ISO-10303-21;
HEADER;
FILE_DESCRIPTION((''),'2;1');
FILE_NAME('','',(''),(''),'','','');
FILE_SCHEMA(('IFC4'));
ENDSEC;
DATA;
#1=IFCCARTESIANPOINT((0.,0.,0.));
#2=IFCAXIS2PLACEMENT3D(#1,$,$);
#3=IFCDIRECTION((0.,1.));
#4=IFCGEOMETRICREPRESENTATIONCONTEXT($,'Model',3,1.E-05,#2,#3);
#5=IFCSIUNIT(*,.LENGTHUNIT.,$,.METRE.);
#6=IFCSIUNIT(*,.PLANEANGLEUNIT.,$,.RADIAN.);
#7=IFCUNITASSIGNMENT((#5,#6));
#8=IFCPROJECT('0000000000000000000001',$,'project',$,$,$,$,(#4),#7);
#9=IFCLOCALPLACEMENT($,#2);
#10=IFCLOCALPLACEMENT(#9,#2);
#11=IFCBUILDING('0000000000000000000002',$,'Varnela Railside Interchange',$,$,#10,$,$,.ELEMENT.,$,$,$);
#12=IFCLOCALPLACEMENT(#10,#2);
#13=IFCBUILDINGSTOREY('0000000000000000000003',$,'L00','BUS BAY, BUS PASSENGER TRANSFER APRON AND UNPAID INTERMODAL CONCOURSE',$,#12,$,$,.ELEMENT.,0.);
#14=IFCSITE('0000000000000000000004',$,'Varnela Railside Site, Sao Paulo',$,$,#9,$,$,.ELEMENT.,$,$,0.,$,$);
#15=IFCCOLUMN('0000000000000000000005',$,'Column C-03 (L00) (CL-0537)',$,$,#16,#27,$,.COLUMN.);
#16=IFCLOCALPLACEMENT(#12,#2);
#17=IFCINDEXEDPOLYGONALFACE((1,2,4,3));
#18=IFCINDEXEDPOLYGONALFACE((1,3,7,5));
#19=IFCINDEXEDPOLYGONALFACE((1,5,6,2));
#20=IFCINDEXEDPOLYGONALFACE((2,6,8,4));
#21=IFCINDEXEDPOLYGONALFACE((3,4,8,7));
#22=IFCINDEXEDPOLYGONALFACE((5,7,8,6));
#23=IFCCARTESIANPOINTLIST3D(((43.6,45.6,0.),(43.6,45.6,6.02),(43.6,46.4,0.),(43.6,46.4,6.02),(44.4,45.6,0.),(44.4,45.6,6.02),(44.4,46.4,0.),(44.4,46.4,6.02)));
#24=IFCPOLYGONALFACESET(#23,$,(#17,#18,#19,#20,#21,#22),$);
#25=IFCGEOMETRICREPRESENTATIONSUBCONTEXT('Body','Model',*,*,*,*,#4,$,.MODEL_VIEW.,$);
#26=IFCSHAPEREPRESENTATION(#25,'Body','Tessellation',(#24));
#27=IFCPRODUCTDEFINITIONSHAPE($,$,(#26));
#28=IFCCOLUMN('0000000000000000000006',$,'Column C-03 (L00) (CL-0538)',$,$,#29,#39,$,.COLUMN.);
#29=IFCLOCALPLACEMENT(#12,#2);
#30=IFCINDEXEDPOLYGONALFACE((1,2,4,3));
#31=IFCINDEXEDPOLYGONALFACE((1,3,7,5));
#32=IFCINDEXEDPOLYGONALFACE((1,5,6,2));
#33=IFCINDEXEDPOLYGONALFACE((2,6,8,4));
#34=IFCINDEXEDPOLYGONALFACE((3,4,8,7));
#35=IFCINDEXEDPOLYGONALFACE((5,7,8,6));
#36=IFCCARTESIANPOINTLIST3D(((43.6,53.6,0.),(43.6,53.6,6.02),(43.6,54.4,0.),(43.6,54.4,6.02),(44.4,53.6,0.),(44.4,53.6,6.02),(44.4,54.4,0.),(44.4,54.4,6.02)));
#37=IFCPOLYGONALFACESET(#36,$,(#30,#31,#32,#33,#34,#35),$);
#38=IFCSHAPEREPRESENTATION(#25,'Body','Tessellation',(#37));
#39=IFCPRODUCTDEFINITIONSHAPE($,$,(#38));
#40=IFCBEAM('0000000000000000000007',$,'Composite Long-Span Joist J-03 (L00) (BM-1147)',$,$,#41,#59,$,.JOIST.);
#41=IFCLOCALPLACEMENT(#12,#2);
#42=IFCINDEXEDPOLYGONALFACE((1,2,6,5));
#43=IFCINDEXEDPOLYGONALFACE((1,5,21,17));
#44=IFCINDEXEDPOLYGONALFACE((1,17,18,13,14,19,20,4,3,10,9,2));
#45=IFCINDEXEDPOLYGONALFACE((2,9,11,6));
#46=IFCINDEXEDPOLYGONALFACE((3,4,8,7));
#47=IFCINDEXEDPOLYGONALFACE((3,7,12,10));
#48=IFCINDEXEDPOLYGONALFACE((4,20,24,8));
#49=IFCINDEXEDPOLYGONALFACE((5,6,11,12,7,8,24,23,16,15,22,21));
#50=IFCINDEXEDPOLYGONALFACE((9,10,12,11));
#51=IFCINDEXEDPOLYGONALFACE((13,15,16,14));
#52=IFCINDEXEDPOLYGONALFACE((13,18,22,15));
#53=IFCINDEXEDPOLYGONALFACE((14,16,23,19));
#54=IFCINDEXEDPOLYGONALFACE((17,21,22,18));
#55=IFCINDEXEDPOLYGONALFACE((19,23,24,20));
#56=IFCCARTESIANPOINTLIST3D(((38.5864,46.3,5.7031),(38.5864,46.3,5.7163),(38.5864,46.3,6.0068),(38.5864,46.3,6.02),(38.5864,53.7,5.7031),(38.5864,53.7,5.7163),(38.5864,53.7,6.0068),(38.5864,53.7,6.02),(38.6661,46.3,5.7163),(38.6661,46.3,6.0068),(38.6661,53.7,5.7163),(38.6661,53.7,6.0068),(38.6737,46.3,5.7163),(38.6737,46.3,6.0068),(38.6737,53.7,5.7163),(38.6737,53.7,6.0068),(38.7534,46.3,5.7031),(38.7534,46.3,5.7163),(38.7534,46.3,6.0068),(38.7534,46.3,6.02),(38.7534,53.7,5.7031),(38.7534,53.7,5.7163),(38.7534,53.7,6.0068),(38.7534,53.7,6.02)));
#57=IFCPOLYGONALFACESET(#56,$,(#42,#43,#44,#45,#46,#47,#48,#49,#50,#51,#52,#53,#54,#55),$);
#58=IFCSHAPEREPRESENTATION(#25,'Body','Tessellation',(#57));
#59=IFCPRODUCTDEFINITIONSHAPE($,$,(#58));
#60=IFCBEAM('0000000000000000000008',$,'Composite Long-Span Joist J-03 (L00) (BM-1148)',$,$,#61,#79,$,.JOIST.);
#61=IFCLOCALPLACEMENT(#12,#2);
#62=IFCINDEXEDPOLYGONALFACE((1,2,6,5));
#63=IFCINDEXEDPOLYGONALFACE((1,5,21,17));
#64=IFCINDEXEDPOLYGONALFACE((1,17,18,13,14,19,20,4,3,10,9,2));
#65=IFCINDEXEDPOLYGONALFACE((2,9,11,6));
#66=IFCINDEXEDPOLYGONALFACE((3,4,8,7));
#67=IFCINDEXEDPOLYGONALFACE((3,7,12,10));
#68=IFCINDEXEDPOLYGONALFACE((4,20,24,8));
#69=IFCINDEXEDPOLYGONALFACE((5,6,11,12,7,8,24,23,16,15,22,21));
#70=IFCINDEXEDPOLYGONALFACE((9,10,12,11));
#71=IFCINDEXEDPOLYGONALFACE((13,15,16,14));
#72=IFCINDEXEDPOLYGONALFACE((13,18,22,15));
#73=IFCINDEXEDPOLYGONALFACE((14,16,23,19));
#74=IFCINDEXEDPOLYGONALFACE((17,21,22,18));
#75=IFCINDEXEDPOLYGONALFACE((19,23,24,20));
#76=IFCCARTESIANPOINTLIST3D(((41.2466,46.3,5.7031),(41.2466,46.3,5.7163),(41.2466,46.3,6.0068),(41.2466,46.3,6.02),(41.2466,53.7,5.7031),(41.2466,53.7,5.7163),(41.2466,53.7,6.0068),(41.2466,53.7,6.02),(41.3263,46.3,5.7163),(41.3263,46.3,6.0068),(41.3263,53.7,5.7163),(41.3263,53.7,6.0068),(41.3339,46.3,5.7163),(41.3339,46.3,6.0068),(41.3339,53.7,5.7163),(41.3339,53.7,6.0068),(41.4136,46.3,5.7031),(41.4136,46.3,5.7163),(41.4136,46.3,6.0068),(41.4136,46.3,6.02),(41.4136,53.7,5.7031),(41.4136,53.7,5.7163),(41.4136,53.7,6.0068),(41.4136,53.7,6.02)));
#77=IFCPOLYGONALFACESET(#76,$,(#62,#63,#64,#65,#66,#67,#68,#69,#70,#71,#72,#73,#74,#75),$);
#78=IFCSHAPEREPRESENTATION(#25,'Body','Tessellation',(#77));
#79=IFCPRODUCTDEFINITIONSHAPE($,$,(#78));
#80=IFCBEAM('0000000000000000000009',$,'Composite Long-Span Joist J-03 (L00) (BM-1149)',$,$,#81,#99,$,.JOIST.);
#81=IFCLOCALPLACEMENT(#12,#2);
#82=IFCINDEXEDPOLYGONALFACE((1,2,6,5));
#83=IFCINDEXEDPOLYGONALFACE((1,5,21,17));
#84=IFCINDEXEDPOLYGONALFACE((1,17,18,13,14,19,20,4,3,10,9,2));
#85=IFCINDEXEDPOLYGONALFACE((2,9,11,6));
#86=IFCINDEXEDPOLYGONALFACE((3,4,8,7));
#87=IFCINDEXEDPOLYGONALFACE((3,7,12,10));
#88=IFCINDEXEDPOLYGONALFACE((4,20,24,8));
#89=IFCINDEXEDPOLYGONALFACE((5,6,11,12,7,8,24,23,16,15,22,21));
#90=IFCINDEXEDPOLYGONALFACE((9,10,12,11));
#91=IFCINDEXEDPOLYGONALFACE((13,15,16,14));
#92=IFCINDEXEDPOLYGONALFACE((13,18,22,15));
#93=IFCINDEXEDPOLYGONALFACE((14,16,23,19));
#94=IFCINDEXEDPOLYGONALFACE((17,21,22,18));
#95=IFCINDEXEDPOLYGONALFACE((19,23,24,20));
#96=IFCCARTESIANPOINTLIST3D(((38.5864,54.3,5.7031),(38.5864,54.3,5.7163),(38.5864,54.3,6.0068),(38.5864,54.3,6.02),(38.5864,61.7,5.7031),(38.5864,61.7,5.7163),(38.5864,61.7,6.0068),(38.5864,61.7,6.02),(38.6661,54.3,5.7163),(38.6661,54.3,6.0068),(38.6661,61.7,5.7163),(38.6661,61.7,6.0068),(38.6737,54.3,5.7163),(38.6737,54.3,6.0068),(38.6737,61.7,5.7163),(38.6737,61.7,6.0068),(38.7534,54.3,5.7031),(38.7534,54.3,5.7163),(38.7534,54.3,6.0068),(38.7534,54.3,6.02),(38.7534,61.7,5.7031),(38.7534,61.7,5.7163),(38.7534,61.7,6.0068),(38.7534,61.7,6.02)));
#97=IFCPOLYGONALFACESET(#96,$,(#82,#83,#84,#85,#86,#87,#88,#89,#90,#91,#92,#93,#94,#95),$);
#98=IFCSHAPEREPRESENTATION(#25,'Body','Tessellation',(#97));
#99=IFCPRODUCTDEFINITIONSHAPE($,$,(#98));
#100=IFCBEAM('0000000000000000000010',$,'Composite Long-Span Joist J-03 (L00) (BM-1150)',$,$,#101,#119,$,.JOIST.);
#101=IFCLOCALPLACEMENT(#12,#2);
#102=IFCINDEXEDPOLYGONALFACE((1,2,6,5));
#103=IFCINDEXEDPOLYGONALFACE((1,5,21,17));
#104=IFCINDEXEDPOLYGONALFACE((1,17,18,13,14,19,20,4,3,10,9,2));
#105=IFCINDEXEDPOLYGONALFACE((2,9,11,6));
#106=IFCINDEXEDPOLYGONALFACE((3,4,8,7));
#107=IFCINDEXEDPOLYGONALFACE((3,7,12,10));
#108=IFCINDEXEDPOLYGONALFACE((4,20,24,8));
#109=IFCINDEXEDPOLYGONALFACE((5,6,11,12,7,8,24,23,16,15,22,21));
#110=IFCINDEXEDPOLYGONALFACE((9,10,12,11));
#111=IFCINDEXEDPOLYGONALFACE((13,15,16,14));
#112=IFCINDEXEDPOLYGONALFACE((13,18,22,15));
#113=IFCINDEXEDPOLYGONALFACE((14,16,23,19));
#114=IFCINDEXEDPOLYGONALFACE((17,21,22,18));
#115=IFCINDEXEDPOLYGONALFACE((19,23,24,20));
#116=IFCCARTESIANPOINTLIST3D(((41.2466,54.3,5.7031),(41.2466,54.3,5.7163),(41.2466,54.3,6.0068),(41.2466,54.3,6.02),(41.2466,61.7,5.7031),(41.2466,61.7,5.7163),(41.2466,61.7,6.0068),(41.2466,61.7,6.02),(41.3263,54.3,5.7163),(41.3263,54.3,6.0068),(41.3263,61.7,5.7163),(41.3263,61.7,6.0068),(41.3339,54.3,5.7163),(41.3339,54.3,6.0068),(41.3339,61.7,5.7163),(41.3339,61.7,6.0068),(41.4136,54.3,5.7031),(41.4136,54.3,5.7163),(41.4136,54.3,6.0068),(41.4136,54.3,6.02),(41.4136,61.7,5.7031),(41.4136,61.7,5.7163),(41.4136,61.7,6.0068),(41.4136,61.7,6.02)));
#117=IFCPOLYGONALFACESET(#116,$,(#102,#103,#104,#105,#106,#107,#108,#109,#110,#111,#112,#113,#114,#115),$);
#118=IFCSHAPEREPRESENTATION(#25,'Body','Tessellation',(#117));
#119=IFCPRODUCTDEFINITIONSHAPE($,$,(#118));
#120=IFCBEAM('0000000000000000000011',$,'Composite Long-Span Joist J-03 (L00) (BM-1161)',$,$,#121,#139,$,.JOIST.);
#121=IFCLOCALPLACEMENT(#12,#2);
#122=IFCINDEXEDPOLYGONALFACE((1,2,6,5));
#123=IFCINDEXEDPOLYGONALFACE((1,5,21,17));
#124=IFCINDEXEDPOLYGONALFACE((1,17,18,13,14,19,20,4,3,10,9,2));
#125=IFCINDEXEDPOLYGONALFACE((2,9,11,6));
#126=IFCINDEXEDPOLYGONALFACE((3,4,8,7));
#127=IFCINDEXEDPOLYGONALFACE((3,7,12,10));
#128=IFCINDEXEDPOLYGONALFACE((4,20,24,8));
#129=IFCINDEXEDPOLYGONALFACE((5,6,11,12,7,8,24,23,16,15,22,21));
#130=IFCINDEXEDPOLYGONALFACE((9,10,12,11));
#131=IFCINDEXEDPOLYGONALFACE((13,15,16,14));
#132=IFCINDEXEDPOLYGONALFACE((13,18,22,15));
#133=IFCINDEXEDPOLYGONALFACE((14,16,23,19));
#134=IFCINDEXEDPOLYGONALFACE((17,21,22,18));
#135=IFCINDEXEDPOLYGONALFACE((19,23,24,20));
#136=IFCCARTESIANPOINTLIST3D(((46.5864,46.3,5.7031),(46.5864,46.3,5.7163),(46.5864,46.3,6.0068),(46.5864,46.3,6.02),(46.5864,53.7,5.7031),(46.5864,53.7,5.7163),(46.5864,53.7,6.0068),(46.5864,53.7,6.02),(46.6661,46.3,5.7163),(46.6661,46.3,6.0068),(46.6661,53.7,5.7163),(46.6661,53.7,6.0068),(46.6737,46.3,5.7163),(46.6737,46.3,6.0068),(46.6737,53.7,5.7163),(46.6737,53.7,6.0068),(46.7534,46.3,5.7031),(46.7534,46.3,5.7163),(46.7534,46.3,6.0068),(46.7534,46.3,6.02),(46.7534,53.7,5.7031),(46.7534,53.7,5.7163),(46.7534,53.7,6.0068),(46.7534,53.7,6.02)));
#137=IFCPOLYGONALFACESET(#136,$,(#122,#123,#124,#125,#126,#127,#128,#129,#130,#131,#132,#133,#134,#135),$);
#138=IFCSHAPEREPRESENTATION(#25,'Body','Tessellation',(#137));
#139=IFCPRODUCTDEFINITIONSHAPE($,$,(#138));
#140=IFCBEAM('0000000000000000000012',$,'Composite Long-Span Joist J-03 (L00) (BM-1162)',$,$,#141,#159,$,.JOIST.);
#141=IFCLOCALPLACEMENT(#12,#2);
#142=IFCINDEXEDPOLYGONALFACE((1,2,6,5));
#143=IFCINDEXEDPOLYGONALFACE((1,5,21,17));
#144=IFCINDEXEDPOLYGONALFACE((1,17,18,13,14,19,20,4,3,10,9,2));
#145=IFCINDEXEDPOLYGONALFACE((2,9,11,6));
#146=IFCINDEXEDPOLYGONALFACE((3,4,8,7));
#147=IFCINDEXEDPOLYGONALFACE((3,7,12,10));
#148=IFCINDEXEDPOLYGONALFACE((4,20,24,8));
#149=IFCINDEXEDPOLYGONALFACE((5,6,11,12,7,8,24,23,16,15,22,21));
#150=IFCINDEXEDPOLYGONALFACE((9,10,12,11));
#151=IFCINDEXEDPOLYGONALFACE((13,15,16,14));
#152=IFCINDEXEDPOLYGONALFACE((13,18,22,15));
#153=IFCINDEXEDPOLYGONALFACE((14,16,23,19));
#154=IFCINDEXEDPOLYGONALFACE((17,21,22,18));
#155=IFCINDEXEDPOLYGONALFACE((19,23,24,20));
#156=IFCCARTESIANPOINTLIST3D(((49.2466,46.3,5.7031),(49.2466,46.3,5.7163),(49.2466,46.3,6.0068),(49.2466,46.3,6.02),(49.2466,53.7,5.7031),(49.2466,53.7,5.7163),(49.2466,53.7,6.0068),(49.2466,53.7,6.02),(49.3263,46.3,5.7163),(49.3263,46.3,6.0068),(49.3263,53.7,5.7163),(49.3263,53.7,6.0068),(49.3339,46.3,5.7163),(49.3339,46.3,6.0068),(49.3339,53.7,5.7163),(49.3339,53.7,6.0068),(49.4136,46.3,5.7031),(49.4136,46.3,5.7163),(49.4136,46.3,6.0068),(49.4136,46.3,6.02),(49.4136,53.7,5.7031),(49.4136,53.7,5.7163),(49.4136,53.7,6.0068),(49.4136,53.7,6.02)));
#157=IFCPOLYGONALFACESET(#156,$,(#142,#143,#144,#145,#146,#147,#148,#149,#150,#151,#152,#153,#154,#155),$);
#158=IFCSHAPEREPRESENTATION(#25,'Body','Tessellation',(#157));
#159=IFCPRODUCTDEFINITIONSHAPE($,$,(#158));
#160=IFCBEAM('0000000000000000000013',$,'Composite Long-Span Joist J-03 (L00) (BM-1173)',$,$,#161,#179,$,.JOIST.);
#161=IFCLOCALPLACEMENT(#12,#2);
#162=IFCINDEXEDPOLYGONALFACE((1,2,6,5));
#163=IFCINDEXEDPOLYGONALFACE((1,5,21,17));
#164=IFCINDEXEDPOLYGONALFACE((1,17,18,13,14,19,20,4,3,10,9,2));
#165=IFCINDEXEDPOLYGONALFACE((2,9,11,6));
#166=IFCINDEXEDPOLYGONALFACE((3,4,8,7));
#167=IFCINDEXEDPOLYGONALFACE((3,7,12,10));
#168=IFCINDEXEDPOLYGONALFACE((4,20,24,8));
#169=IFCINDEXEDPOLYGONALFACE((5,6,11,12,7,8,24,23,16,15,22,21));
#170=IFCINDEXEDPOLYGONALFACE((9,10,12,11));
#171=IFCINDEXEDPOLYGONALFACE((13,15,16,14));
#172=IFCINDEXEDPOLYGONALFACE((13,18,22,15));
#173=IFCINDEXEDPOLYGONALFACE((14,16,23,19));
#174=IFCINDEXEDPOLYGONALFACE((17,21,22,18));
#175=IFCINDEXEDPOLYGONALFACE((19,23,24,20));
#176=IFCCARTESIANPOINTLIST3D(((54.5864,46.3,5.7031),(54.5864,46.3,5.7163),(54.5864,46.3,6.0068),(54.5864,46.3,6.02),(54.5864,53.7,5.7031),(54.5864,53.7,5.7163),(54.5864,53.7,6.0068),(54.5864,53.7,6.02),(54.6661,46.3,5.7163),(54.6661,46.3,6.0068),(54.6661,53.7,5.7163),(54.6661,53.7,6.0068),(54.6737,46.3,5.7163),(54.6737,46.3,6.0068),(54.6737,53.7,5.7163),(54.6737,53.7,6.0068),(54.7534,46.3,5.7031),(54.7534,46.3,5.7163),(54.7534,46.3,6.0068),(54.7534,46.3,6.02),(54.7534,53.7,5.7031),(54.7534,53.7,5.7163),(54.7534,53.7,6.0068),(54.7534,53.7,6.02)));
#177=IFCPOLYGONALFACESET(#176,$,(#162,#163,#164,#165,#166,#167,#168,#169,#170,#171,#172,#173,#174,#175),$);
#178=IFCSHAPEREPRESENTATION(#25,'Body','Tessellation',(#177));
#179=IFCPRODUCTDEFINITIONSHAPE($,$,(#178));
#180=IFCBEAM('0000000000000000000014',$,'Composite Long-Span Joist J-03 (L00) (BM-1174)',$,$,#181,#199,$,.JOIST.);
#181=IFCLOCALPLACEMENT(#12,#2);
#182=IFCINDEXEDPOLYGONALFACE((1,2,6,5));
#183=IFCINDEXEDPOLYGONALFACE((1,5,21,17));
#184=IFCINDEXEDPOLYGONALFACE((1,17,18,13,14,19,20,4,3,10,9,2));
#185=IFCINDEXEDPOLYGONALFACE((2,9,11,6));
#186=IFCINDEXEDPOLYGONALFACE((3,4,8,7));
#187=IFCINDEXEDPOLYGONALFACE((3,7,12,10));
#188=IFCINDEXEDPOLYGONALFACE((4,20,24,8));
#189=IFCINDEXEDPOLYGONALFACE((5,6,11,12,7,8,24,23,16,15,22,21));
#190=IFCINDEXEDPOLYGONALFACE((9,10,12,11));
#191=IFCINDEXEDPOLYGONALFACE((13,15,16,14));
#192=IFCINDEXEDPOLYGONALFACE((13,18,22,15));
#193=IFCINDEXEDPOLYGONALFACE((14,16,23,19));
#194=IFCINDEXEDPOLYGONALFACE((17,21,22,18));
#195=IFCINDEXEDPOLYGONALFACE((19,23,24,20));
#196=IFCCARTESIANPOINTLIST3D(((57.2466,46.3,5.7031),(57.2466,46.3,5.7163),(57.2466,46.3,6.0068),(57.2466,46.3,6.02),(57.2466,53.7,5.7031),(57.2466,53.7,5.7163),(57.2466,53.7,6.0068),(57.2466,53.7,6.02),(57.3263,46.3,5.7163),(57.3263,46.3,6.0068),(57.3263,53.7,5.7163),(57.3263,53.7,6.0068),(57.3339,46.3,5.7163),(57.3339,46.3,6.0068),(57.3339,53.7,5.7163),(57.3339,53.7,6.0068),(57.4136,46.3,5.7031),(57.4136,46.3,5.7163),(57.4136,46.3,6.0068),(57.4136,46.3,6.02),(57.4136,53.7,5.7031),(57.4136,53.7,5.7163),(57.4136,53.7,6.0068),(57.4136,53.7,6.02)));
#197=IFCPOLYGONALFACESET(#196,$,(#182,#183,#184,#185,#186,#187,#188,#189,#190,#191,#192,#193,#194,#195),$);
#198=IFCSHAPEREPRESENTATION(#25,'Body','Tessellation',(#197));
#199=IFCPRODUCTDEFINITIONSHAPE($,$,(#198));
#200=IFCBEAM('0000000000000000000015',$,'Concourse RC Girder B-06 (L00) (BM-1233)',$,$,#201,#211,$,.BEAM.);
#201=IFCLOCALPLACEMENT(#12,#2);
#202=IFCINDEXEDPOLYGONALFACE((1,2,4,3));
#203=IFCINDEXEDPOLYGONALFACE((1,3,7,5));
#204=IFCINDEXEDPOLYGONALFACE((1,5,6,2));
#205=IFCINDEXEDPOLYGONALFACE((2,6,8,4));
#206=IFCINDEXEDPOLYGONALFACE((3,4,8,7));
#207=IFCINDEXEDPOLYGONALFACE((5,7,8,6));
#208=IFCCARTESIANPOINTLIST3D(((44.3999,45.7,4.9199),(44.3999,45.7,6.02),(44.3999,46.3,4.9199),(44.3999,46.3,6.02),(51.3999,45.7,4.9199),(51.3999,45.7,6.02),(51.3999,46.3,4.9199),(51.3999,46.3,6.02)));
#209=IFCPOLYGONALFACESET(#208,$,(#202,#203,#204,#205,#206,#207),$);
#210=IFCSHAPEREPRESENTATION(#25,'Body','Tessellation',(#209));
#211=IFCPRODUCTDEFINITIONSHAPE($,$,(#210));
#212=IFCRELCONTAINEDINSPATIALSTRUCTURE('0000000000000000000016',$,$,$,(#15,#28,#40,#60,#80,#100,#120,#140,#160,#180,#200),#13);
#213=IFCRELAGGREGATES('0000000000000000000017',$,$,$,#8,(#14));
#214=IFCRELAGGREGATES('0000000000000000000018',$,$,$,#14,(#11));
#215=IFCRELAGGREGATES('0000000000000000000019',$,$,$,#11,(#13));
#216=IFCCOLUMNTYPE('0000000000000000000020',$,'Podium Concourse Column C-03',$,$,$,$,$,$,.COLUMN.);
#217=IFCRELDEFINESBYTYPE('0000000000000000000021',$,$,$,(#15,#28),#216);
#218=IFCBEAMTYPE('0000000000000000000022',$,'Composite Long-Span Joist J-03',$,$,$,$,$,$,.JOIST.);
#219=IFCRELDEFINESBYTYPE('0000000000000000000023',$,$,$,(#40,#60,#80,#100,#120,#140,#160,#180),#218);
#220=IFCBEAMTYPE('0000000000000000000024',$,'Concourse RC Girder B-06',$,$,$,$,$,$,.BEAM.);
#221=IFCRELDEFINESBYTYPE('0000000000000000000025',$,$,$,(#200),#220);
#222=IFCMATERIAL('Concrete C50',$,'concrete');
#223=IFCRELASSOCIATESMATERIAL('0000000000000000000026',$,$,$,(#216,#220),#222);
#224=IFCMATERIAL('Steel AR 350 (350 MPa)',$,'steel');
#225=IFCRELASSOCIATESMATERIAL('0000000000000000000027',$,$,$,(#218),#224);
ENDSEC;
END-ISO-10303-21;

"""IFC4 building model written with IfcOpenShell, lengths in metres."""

from ifc_helpers import new_model, si_unit, direction, frame, origin, origin_2d, place, context, subcontext, project, spatial, rectangle, i_section, extrude, material, material_profile, profile_set, type_object, element, save


model = new_model("IFC4")

# Units and contexts
model_context = context("Model", 3, precision=1e-05, world=origin(), true_north=direction((0.0, 1.0)))
body_context = subcontext(model_context, "Body", "Model", "MODEL_VIEW")
ifc_project = project(units=[si_unit("LENGTHUNIT", "METRE"), si_unit("PLANEANGLEUNIT", "RADIAN")], contexts=[model_context])

# Site, building, storey
site_placement = place(None, origin())
site = spatial("IfcSite", under=ifc_project, at=site_placement, Name="Varnela Railside Site, Sao Paulo", CompositionType="ELEMENT", RefElevation=0.0)
building_placement = place(site_placement, origin())
building = spatial("IfcBuilding", under=site, at=building_placement, Name="Varnela Railside Interchange", CompositionType="ELEMENT")
storey_placement = place(building_placement, origin())
storey = spatial("IfcBuildingStorey", under=building, at=storey_placement, Name="L00", Description="BUS BAY, BUS PASSENGER TRANSFER APRON AND UNPAID INTERMODAL CONCOURSE", CompositionType="ELEMENT", Elevation=0.0)

# Columns
ifc_material_1 = material(Name="Concrete C50", Category="concrete")
ifc_material_profile_1 = material_profile(ifc_material_1, rectangle(XDim=0.8, YDim=0.8, at=origin_2d()), Name="RC 800x800")
ifc_profile_set_1 = profile_set([ifc_material_profile_1], Name="Concrete C50")
column_type = type_object("IfcColumnType", Name="Podium Concourse Column C-03", PredefinedType="COLUMN", material=ifc_profile_set_1)
for number, where, z_axis, x_axis, name in (
    (1, (44.0, 46.0, 0.0), (0.0, 0.0, 1.0), (1.0, 0.0, 0.0), "Column C-03 (L00) (CL-0537)"),
    (2, (44.0, 54.0, 0.0), (0.0, 0.0, 1.0), (1.0, 0.0, 0.0), "Column C-03 (L00) (CL-0538)"),
):
    element("IfcColumn", number, at=place(storey_placement, frame(where, z_axis=z_axis, x_axis=x_axis)), inside=storey, type_object=column_type, Name=name, PredefinedType="COLUMN", context=body_context, shape_type="SweptSolid", body=[
        extrude(rectangle(XDim=0.8, YDim=0.8, at=origin_2d()), origin(), (0.0, 0.0, 1.0), 6.02),
    ])

# Beams
ifc_material_2 = material(Name="Steel AR 350 (350 MPa)", Category="steel")
ifc_material_profile_2 = material_profile(ifc_material_2, i_section(OverallWidth=0.167, OverallDepth=0.3169, WebThickness=0.0076, FlangeThickness=0.0132, at=origin_2d()), Name="W310x52")
ifc_profile_set_2 = profile_set([ifc_material_profile_2], Name="Steel AR 350 (350 MPa)")
beam_type_1 = type_object("IfcBeamType", Name="Composite Long-Span Joist J-03", PredefinedType="JOIST", material=ifc_profile_set_2)
for number, where, z_axis, x_axis, name in (
    (3, (38.6699, 46.3, 5.8616), (0.0, 1.0, 0.0), (-1.0, 0.0, 0.0), "Composite Long-Span Joist J-03 (L00) (BM-1147)"),
    (4, (41.3301, 46.3, 5.8616), (0.0, 1.0, 0.0), (-1.0, 0.0, 0.0), "Composite Long-Span Joist J-03 (L00) (BM-1148)"),
    (5, (38.6699, 54.3, 5.8616), (0.0, 1.0, 0.0), (-1.0, 0.0, 0.0), "Composite Long-Span Joist J-03 (L00) (BM-1149)"),
    (6, (41.3301, 54.3, 5.8616), (0.0, 1.0, 0.0), (-1.0, 0.0, 0.0), "Composite Long-Span Joist J-03 (L00) (BM-1150)"),
    (7, (46.6699, 46.3, 5.8616), (0.0, 1.0, 0.0), (-1.0, 0.0, 0.0), "Composite Long-Span Joist J-03 (L00) (BM-1161)"),
    (8, (49.3301, 46.3, 5.8616), (0.0, 1.0, 0.0), (-1.0, 0.0, 0.0), "Composite Long-Span Joist J-03 (L00) (BM-1162)"),
    (9, (54.6699, 46.3, 5.8616), (0.0, 1.0, 0.0), (-1.0, 0.0, 0.0), "Composite Long-Span Joist J-03 (L00) (BM-1173)"),
    (10, (57.3301, 46.3, 5.8616), (0.0, 1.0, 0.0), (-1.0, 0.0, 0.0), "Composite Long-Span Joist J-03 (L00) (BM-1174)"),
):
    element("IfcBeam", number, at=place(storey_placement, frame(where, z_axis=z_axis, x_axis=x_axis)), inside=storey, type_object=beam_type_1, Name=name, PredefinedType="JOIST", context=body_context, shape_type="SweptSolid", body=[
        extrude(i_section(OverallWidth=0.167, OverallDepth=0.3169, WebThickness=0.0076, FlangeThickness=0.0132, at=origin_2d()), origin(), (0.0, 0.0, 1.0), 7.3999),
    ])
ifc_material_profile_3 = material_profile(ifc_material_1, rectangle(XDim=0.6001, YDim=1.1001, at=origin_2d()), Name="RC 600x1100")
ifc_profile_set_3 = profile_set([ifc_material_profile_3], Name="Concrete C50")
beam_type_2 = type_object("IfcBeamType", Name="Concourse RC Girder B-06", PredefinedType="BEAM", material=ifc_profile_set_3)
for number, where, z_axis, x_axis, name in (
    (11, (44.3999, 46.0, 5.47), (1.0, 0.0, 0.0), (0.0, 1.0, 0.0), "Concourse RC Girder B-06 (L00) (BM-1233)"),
):
    element("IfcBeam", number, at=place(storey_placement, frame(where, z_axis=z_axis, x_axis=x_axis)), inside=storey, type_object=beam_type_2, Name=name, PredefinedType="BEAM", context=body_context, shape_type="SweptSolid", body=[
        extrude(rectangle(XDim=0.6001, YDim=1.1001, at=origin_2d()), origin(), (0.0, 0.0, 1.0), 7.0),
    ])

save(model, "model.ifc")
